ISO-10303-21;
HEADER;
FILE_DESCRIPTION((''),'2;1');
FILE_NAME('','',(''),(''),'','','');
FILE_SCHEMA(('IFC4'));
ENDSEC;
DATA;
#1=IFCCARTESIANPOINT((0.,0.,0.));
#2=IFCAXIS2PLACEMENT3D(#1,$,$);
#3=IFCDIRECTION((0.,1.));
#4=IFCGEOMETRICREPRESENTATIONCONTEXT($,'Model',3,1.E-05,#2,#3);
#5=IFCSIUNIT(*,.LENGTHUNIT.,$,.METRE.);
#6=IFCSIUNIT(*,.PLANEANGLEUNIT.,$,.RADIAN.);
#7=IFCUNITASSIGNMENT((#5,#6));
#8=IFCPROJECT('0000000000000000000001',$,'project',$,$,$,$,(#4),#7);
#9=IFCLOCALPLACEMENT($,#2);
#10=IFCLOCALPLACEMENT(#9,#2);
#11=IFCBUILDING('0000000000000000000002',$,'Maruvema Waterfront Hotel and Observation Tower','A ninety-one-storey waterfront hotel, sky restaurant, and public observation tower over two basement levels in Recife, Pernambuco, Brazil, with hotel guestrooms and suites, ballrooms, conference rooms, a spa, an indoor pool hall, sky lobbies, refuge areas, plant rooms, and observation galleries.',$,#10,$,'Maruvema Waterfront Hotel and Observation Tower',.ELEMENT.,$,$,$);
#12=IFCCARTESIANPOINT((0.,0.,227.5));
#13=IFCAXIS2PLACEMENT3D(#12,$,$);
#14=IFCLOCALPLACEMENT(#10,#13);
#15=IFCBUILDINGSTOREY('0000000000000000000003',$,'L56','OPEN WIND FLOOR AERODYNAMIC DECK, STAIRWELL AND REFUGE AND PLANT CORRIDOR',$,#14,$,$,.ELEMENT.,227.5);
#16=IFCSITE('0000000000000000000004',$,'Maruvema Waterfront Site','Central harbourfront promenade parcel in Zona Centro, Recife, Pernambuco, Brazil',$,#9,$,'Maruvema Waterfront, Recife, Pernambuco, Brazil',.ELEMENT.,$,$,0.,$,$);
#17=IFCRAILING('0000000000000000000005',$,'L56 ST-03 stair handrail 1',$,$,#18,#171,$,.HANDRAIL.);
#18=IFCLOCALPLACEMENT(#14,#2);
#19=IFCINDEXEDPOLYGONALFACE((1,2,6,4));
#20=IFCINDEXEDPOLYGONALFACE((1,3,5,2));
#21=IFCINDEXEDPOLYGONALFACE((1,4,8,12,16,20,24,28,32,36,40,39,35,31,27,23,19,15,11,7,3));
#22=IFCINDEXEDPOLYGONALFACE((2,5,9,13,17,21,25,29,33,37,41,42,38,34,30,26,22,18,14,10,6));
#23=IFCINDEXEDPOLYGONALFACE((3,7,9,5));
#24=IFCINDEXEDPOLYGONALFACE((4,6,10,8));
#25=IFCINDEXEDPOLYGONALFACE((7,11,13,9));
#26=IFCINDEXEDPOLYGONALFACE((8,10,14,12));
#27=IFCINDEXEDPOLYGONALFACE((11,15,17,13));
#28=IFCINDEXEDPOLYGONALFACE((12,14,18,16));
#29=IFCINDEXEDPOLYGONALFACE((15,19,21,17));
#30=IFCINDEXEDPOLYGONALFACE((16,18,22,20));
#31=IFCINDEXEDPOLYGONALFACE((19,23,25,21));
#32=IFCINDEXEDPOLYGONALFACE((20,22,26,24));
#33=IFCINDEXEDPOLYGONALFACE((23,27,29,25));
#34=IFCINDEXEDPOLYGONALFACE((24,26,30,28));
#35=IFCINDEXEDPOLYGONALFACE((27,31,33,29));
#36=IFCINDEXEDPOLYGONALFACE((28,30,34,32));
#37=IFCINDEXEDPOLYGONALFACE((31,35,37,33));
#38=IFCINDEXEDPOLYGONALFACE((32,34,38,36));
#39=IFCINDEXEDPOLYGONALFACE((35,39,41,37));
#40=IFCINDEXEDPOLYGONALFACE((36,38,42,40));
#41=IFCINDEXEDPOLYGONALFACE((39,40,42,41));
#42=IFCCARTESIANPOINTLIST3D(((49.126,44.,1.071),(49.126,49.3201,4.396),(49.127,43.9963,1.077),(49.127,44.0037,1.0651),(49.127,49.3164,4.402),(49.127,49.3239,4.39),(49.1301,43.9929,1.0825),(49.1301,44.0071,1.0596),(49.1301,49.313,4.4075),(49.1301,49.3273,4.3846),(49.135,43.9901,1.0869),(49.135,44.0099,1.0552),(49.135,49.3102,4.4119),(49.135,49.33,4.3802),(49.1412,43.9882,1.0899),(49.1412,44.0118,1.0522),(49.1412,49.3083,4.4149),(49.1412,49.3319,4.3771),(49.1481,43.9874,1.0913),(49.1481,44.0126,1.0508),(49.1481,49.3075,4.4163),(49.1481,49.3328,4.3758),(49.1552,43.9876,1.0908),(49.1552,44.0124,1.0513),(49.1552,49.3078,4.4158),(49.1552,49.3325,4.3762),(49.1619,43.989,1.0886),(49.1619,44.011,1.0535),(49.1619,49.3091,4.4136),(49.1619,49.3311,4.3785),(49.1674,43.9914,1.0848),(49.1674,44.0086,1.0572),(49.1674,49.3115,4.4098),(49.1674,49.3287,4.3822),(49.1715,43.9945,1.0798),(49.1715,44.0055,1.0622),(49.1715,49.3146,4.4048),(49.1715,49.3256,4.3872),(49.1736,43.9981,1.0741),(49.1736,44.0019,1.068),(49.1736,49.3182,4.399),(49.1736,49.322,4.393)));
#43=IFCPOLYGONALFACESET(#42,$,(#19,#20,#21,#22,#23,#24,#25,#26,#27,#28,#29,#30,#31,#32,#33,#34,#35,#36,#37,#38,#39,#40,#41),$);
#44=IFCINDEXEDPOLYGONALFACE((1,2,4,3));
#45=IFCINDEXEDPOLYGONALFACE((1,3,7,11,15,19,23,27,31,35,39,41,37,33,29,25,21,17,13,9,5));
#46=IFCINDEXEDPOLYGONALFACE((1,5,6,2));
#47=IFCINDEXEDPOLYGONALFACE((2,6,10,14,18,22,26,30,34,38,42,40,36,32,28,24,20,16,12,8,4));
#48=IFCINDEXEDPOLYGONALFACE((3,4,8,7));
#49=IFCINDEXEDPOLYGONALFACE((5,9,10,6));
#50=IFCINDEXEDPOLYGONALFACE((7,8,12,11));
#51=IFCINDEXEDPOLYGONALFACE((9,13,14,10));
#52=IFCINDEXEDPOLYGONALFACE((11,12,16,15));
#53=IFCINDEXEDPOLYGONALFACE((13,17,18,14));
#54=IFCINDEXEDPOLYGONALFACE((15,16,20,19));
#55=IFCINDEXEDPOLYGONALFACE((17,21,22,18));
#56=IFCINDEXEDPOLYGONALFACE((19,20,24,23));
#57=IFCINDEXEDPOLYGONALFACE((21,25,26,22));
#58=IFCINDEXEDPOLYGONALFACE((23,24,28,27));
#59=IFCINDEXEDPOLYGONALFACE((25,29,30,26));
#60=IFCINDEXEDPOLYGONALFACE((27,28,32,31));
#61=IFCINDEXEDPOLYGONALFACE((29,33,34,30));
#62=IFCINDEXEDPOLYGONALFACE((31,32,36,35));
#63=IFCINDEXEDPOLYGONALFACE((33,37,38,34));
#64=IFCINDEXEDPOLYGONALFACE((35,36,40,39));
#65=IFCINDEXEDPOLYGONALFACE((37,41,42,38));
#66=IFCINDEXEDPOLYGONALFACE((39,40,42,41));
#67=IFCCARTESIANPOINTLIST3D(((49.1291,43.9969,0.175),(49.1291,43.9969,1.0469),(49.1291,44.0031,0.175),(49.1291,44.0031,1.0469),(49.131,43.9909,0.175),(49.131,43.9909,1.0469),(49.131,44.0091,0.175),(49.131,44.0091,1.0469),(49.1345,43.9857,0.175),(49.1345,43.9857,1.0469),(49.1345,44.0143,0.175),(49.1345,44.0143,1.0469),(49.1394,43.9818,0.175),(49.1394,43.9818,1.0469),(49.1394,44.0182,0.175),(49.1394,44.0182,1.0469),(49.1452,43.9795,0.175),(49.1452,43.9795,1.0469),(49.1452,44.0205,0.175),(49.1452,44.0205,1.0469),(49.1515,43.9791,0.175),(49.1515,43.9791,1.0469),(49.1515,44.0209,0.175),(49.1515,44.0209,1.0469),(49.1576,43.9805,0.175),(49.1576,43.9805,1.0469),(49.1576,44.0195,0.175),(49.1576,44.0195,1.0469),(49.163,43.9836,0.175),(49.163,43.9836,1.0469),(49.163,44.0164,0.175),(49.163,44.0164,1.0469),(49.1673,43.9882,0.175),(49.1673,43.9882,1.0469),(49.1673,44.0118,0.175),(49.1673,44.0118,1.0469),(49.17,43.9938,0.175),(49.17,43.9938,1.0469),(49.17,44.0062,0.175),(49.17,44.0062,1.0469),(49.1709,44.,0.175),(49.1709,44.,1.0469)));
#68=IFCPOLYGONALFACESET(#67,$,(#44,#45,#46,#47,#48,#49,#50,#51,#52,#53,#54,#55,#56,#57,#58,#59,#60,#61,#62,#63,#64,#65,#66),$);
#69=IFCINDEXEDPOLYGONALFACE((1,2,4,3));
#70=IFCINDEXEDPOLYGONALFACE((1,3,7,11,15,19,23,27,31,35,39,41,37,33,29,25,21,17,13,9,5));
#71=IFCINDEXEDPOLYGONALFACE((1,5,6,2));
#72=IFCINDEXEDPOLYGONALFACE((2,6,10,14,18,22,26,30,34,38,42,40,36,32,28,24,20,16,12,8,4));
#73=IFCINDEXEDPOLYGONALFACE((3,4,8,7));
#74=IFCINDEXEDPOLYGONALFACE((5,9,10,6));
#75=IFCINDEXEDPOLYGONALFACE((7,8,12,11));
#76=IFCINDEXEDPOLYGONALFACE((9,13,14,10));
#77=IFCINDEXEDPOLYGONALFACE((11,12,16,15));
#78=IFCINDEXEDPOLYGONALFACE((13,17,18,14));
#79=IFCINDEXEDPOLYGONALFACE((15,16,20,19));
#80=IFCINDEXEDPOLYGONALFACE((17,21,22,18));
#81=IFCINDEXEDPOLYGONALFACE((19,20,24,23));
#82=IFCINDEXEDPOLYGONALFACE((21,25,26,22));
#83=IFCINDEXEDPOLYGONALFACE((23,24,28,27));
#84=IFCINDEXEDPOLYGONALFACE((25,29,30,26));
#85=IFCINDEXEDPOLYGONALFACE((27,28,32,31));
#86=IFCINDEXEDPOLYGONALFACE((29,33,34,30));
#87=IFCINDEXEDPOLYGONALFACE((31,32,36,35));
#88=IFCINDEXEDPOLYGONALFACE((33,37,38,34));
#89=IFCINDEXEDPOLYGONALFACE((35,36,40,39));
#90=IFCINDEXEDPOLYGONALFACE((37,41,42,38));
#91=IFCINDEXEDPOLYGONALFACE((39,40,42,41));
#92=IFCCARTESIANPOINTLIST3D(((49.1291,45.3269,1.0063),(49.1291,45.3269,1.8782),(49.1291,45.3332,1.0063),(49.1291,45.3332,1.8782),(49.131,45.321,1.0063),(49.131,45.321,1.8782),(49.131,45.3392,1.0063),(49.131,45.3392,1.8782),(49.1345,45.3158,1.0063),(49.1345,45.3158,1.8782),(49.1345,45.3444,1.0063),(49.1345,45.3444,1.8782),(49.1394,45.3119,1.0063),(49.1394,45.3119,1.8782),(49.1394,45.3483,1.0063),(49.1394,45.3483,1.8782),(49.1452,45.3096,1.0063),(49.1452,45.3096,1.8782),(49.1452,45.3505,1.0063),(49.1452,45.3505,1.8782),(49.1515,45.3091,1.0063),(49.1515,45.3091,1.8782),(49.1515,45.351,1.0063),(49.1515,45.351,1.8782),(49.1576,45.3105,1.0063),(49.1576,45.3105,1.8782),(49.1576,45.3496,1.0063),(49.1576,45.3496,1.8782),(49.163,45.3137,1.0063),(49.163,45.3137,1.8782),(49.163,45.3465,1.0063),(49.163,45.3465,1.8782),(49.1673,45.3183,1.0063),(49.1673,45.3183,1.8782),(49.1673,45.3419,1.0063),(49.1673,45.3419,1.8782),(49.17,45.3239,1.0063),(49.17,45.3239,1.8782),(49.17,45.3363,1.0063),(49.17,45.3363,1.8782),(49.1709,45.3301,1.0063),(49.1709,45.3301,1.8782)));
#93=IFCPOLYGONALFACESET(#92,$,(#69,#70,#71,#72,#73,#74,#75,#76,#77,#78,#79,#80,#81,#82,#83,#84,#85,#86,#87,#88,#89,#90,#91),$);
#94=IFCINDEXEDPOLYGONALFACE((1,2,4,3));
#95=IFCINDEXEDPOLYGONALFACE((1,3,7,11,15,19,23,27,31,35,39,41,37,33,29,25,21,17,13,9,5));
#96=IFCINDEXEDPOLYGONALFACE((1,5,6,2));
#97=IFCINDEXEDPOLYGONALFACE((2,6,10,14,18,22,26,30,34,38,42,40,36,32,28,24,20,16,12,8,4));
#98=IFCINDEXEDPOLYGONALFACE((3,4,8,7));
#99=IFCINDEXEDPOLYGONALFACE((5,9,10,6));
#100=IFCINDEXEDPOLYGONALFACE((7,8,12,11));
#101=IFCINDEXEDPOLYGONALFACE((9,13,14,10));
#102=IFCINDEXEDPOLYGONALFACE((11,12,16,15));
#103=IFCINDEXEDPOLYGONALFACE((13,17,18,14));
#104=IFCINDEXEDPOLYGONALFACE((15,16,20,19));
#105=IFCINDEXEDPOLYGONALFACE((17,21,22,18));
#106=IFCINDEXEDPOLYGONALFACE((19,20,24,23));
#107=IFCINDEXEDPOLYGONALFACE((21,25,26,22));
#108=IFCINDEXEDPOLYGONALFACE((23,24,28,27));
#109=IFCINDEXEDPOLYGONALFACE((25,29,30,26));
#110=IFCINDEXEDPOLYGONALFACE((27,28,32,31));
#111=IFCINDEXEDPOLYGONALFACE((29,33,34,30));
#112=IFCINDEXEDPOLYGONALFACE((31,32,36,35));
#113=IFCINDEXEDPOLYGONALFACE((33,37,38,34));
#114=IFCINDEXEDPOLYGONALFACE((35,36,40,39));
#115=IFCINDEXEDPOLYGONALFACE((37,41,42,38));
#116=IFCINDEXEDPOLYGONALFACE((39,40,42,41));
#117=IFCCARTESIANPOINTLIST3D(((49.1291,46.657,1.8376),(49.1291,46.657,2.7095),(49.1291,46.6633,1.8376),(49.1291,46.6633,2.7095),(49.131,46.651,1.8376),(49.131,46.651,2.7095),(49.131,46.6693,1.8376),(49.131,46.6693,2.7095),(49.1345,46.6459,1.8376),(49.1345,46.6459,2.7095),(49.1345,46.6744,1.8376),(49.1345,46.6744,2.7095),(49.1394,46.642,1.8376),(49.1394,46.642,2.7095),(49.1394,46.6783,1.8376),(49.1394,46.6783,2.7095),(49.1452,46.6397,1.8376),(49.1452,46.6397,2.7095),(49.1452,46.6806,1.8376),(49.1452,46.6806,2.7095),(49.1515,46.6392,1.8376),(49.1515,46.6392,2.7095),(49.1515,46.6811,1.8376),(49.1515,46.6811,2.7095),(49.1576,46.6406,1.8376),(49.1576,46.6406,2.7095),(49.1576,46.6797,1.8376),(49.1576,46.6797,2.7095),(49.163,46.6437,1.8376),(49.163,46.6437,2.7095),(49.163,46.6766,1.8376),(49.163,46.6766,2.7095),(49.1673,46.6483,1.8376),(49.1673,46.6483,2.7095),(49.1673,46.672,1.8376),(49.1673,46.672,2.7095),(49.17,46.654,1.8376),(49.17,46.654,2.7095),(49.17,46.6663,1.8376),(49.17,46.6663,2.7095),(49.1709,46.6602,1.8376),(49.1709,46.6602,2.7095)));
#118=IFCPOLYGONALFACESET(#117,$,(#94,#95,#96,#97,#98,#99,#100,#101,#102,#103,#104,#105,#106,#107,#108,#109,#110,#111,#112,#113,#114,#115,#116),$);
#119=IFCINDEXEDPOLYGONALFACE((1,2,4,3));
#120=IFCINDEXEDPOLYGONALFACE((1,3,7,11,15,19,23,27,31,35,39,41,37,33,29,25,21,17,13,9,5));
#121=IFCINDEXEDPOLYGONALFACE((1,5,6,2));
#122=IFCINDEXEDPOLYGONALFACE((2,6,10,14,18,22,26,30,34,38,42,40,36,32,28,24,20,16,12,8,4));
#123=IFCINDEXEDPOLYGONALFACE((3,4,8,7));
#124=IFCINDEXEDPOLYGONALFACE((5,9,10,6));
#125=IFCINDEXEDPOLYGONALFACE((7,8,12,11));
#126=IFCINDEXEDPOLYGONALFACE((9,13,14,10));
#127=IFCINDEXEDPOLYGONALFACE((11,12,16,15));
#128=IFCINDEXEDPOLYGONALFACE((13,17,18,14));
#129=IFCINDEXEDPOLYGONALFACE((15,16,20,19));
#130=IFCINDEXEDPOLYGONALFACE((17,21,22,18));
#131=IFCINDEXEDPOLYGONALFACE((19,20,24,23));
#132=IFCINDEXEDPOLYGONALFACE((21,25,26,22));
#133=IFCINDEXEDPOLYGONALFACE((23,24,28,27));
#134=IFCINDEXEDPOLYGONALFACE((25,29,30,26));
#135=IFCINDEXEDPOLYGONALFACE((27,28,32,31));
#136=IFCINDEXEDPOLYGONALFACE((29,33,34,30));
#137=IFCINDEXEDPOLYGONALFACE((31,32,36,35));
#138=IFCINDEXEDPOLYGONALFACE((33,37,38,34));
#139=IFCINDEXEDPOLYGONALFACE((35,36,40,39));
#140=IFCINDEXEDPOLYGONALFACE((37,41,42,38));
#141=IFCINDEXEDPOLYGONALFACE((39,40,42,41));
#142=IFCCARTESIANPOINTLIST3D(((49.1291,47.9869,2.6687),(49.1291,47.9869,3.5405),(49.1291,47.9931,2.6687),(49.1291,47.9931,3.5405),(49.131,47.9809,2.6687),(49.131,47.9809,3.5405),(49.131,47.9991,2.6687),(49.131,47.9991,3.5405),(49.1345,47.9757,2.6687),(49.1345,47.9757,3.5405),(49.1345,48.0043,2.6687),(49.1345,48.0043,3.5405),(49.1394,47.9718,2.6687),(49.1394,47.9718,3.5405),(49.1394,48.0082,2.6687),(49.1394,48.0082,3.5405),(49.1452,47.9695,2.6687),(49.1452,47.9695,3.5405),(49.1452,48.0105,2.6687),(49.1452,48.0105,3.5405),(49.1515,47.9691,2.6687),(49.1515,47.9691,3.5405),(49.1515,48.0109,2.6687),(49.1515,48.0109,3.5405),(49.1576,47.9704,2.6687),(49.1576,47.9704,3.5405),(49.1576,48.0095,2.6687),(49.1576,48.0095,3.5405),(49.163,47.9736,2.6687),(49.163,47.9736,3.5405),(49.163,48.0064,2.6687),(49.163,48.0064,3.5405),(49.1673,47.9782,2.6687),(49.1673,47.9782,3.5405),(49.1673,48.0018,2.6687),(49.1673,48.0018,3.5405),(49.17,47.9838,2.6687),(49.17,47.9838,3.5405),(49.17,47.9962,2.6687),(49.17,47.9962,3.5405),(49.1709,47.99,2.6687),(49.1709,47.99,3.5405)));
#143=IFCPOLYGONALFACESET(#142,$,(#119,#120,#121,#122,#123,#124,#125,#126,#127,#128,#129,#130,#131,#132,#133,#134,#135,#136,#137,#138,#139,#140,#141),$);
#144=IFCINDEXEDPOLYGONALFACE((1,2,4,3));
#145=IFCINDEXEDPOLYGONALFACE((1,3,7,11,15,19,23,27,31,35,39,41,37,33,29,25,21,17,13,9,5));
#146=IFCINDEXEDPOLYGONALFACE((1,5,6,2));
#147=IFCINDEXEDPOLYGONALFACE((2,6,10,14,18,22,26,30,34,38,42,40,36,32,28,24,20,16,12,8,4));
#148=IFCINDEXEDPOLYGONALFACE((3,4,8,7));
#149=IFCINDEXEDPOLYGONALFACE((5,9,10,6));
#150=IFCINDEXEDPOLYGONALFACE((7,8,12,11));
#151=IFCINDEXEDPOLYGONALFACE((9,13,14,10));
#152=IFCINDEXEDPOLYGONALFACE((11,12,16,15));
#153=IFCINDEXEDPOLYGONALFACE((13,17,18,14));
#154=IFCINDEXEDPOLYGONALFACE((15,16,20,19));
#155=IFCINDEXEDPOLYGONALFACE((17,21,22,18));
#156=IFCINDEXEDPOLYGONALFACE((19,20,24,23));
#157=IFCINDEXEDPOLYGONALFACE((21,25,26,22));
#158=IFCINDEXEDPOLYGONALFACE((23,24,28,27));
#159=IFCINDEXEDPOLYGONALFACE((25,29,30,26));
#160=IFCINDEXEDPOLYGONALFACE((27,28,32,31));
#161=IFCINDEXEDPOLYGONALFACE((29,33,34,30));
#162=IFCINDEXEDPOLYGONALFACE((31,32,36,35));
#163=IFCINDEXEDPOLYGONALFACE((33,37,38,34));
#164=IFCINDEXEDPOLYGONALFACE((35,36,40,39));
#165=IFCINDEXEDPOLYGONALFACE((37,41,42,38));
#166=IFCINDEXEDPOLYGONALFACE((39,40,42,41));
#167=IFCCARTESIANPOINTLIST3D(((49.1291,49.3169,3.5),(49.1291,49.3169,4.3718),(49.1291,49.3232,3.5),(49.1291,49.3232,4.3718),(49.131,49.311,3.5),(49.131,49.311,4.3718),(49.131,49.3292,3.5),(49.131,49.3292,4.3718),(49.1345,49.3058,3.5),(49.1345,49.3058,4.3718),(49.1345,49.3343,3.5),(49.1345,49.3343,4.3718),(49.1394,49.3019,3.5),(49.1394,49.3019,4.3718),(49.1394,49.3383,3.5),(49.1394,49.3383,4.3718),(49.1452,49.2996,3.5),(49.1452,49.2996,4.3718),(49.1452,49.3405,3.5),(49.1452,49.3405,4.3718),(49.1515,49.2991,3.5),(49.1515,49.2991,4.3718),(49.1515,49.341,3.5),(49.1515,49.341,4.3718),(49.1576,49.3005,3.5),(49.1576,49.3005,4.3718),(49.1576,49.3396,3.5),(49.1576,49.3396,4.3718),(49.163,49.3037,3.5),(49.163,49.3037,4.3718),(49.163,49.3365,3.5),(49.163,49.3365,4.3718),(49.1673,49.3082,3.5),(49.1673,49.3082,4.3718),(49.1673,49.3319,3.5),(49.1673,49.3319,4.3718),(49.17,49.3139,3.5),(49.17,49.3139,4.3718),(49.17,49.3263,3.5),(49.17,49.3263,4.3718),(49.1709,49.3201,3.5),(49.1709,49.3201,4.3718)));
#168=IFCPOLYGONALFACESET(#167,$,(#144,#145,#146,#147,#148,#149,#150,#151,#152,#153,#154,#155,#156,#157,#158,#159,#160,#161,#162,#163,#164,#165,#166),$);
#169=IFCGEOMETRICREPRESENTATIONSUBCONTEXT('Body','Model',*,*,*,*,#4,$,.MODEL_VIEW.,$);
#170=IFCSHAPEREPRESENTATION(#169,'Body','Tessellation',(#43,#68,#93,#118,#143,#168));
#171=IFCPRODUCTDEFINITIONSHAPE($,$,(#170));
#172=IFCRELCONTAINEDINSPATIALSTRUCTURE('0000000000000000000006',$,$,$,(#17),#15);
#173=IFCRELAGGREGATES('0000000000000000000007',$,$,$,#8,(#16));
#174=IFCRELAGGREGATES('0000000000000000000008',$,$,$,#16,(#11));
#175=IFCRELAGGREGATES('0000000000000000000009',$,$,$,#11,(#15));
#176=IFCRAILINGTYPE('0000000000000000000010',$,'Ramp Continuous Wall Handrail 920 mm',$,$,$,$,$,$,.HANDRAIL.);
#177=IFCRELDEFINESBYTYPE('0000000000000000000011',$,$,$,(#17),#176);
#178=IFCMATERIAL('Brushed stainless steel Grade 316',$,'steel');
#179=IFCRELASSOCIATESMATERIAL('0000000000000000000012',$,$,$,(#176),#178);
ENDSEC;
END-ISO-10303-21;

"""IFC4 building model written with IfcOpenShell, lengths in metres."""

from ifc_helpers import new_model, si_unit, direction, frame, origin, origin_2d, place, context, subcontext, project, spatial, circle, extrude, material, type_object, element, save


model = new_model("IFC4")

# Units and contexts
model_context = context("Model", 3, precision=1e-05, world=origin(), true_north=direction((0.0, 1.0)))
body_context = subcontext(model_context, "Body", "Model", "MODEL_VIEW")
ifc_project = project(units=[si_unit("LENGTHUNIT", "METRE"), si_unit("PLANEANGLEUNIT", "RADIAN")], contexts=[model_context])

# Site, building, storey
site_placement = place(None, origin())
site = spatial("IfcSite", under=ifc_project, at=site_placement, Name="Maruvema Waterfront Site", Description="Central harbourfront promenade parcel in Zona Centro, Recife, Pernambuco, Brazil", LongName="Maruvema Waterfront, Recife, Pernambuco, Brazil", CompositionType="ELEMENT", RefElevation=0.0)
building_placement = place(site_placement, origin())
building = spatial("IfcBuilding", under=site, at=building_placement, Name="Maruvema Waterfront Hotel and Observation Tower", Description="A ninety-one-storey waterfront hotel, sky restaurant, and public observation tower over two basement levels in Recife, Pernambuco, Brazil, with hotel guestrooms and suites, ballrooms, conference rooms, a spa, an indoor pool hall, sky lobbies, refuge areas, plant rooms, and observation galleries.", LongName="Maruvema Waterfront Hotel and Observation Tower", CompositionType="ELEMENT")
storey_placement = place(building_placement, frame((0.0, 0.0, 227.5)))
storey = spatial("IfcBuildingStorey", under=building, at=storey_placement, Name="L56", Description="OPEN WIND FLOOR AERODYNAMIC DECK, STAIRWELL AND REFUGE AND PLANT CORRIDOR", CompositionType="ELEMENT", Elevation=227.5)

# Railing
ifc_material_1 = material(Name="Brushed stainless steel Grade 316", Category="steel")
railing_type_1 = type_object("IfcRailingType", Name="Ramp Continuous Wall Handrail 920 mm", PredefinedType="HANDRAIL", material=ifc_material_1)
railing_1_placement = place(storey_placement, frame((49.1499, 44.0, 0.175)))
element("IfcRailing", 1, at=railing_1_placement, inside=storey, type_object=railing_type_1, Name="L56 ST-03 stair handrail 1", PredefinedType="HANDRAIL", context=body_context, shape_type="SweptSolid", body=[
    extrude(circle(Radius=0.0239, at=origin_2d()), frame((0.0, 0.0, 0.896), z_axis=(0.0, 0.848005, 0.529988), x_axis=(-1.0, 0.0, 0.0)), (0.0, 0.0, 1.0), 6.2737),
    extrude(circle(Radius=0.021, at=origin_2d()), origin(), (0.0, 0.0, 1.0), 0.8718),
    extrude(circle(Radius=0.021, at=origin_2d()), frame((0.0, 1.3301, 0.8313)), (0.0, 0.0, 1.0), 0.8718),
    extrude(circle(Radius=0.021, at=origin_2d()), frame((0.0, 2.6602, 1.6626)), (0.0, 0.0, 1.0), 0.8718),
    extrude(circle(Radius=0.021, at=origin_2d()), frame((0.0, 3.99, 2.4937)), (0.0, 0.0, 1.0), 0.8718),
    extrude(circle(Radius=0.021, at=origin_2d()), frame((0.0, 5.3201, 3.325)), (0.0, 0.0, 1.0), 0.8718),
])

save(model, "model.ifc")
